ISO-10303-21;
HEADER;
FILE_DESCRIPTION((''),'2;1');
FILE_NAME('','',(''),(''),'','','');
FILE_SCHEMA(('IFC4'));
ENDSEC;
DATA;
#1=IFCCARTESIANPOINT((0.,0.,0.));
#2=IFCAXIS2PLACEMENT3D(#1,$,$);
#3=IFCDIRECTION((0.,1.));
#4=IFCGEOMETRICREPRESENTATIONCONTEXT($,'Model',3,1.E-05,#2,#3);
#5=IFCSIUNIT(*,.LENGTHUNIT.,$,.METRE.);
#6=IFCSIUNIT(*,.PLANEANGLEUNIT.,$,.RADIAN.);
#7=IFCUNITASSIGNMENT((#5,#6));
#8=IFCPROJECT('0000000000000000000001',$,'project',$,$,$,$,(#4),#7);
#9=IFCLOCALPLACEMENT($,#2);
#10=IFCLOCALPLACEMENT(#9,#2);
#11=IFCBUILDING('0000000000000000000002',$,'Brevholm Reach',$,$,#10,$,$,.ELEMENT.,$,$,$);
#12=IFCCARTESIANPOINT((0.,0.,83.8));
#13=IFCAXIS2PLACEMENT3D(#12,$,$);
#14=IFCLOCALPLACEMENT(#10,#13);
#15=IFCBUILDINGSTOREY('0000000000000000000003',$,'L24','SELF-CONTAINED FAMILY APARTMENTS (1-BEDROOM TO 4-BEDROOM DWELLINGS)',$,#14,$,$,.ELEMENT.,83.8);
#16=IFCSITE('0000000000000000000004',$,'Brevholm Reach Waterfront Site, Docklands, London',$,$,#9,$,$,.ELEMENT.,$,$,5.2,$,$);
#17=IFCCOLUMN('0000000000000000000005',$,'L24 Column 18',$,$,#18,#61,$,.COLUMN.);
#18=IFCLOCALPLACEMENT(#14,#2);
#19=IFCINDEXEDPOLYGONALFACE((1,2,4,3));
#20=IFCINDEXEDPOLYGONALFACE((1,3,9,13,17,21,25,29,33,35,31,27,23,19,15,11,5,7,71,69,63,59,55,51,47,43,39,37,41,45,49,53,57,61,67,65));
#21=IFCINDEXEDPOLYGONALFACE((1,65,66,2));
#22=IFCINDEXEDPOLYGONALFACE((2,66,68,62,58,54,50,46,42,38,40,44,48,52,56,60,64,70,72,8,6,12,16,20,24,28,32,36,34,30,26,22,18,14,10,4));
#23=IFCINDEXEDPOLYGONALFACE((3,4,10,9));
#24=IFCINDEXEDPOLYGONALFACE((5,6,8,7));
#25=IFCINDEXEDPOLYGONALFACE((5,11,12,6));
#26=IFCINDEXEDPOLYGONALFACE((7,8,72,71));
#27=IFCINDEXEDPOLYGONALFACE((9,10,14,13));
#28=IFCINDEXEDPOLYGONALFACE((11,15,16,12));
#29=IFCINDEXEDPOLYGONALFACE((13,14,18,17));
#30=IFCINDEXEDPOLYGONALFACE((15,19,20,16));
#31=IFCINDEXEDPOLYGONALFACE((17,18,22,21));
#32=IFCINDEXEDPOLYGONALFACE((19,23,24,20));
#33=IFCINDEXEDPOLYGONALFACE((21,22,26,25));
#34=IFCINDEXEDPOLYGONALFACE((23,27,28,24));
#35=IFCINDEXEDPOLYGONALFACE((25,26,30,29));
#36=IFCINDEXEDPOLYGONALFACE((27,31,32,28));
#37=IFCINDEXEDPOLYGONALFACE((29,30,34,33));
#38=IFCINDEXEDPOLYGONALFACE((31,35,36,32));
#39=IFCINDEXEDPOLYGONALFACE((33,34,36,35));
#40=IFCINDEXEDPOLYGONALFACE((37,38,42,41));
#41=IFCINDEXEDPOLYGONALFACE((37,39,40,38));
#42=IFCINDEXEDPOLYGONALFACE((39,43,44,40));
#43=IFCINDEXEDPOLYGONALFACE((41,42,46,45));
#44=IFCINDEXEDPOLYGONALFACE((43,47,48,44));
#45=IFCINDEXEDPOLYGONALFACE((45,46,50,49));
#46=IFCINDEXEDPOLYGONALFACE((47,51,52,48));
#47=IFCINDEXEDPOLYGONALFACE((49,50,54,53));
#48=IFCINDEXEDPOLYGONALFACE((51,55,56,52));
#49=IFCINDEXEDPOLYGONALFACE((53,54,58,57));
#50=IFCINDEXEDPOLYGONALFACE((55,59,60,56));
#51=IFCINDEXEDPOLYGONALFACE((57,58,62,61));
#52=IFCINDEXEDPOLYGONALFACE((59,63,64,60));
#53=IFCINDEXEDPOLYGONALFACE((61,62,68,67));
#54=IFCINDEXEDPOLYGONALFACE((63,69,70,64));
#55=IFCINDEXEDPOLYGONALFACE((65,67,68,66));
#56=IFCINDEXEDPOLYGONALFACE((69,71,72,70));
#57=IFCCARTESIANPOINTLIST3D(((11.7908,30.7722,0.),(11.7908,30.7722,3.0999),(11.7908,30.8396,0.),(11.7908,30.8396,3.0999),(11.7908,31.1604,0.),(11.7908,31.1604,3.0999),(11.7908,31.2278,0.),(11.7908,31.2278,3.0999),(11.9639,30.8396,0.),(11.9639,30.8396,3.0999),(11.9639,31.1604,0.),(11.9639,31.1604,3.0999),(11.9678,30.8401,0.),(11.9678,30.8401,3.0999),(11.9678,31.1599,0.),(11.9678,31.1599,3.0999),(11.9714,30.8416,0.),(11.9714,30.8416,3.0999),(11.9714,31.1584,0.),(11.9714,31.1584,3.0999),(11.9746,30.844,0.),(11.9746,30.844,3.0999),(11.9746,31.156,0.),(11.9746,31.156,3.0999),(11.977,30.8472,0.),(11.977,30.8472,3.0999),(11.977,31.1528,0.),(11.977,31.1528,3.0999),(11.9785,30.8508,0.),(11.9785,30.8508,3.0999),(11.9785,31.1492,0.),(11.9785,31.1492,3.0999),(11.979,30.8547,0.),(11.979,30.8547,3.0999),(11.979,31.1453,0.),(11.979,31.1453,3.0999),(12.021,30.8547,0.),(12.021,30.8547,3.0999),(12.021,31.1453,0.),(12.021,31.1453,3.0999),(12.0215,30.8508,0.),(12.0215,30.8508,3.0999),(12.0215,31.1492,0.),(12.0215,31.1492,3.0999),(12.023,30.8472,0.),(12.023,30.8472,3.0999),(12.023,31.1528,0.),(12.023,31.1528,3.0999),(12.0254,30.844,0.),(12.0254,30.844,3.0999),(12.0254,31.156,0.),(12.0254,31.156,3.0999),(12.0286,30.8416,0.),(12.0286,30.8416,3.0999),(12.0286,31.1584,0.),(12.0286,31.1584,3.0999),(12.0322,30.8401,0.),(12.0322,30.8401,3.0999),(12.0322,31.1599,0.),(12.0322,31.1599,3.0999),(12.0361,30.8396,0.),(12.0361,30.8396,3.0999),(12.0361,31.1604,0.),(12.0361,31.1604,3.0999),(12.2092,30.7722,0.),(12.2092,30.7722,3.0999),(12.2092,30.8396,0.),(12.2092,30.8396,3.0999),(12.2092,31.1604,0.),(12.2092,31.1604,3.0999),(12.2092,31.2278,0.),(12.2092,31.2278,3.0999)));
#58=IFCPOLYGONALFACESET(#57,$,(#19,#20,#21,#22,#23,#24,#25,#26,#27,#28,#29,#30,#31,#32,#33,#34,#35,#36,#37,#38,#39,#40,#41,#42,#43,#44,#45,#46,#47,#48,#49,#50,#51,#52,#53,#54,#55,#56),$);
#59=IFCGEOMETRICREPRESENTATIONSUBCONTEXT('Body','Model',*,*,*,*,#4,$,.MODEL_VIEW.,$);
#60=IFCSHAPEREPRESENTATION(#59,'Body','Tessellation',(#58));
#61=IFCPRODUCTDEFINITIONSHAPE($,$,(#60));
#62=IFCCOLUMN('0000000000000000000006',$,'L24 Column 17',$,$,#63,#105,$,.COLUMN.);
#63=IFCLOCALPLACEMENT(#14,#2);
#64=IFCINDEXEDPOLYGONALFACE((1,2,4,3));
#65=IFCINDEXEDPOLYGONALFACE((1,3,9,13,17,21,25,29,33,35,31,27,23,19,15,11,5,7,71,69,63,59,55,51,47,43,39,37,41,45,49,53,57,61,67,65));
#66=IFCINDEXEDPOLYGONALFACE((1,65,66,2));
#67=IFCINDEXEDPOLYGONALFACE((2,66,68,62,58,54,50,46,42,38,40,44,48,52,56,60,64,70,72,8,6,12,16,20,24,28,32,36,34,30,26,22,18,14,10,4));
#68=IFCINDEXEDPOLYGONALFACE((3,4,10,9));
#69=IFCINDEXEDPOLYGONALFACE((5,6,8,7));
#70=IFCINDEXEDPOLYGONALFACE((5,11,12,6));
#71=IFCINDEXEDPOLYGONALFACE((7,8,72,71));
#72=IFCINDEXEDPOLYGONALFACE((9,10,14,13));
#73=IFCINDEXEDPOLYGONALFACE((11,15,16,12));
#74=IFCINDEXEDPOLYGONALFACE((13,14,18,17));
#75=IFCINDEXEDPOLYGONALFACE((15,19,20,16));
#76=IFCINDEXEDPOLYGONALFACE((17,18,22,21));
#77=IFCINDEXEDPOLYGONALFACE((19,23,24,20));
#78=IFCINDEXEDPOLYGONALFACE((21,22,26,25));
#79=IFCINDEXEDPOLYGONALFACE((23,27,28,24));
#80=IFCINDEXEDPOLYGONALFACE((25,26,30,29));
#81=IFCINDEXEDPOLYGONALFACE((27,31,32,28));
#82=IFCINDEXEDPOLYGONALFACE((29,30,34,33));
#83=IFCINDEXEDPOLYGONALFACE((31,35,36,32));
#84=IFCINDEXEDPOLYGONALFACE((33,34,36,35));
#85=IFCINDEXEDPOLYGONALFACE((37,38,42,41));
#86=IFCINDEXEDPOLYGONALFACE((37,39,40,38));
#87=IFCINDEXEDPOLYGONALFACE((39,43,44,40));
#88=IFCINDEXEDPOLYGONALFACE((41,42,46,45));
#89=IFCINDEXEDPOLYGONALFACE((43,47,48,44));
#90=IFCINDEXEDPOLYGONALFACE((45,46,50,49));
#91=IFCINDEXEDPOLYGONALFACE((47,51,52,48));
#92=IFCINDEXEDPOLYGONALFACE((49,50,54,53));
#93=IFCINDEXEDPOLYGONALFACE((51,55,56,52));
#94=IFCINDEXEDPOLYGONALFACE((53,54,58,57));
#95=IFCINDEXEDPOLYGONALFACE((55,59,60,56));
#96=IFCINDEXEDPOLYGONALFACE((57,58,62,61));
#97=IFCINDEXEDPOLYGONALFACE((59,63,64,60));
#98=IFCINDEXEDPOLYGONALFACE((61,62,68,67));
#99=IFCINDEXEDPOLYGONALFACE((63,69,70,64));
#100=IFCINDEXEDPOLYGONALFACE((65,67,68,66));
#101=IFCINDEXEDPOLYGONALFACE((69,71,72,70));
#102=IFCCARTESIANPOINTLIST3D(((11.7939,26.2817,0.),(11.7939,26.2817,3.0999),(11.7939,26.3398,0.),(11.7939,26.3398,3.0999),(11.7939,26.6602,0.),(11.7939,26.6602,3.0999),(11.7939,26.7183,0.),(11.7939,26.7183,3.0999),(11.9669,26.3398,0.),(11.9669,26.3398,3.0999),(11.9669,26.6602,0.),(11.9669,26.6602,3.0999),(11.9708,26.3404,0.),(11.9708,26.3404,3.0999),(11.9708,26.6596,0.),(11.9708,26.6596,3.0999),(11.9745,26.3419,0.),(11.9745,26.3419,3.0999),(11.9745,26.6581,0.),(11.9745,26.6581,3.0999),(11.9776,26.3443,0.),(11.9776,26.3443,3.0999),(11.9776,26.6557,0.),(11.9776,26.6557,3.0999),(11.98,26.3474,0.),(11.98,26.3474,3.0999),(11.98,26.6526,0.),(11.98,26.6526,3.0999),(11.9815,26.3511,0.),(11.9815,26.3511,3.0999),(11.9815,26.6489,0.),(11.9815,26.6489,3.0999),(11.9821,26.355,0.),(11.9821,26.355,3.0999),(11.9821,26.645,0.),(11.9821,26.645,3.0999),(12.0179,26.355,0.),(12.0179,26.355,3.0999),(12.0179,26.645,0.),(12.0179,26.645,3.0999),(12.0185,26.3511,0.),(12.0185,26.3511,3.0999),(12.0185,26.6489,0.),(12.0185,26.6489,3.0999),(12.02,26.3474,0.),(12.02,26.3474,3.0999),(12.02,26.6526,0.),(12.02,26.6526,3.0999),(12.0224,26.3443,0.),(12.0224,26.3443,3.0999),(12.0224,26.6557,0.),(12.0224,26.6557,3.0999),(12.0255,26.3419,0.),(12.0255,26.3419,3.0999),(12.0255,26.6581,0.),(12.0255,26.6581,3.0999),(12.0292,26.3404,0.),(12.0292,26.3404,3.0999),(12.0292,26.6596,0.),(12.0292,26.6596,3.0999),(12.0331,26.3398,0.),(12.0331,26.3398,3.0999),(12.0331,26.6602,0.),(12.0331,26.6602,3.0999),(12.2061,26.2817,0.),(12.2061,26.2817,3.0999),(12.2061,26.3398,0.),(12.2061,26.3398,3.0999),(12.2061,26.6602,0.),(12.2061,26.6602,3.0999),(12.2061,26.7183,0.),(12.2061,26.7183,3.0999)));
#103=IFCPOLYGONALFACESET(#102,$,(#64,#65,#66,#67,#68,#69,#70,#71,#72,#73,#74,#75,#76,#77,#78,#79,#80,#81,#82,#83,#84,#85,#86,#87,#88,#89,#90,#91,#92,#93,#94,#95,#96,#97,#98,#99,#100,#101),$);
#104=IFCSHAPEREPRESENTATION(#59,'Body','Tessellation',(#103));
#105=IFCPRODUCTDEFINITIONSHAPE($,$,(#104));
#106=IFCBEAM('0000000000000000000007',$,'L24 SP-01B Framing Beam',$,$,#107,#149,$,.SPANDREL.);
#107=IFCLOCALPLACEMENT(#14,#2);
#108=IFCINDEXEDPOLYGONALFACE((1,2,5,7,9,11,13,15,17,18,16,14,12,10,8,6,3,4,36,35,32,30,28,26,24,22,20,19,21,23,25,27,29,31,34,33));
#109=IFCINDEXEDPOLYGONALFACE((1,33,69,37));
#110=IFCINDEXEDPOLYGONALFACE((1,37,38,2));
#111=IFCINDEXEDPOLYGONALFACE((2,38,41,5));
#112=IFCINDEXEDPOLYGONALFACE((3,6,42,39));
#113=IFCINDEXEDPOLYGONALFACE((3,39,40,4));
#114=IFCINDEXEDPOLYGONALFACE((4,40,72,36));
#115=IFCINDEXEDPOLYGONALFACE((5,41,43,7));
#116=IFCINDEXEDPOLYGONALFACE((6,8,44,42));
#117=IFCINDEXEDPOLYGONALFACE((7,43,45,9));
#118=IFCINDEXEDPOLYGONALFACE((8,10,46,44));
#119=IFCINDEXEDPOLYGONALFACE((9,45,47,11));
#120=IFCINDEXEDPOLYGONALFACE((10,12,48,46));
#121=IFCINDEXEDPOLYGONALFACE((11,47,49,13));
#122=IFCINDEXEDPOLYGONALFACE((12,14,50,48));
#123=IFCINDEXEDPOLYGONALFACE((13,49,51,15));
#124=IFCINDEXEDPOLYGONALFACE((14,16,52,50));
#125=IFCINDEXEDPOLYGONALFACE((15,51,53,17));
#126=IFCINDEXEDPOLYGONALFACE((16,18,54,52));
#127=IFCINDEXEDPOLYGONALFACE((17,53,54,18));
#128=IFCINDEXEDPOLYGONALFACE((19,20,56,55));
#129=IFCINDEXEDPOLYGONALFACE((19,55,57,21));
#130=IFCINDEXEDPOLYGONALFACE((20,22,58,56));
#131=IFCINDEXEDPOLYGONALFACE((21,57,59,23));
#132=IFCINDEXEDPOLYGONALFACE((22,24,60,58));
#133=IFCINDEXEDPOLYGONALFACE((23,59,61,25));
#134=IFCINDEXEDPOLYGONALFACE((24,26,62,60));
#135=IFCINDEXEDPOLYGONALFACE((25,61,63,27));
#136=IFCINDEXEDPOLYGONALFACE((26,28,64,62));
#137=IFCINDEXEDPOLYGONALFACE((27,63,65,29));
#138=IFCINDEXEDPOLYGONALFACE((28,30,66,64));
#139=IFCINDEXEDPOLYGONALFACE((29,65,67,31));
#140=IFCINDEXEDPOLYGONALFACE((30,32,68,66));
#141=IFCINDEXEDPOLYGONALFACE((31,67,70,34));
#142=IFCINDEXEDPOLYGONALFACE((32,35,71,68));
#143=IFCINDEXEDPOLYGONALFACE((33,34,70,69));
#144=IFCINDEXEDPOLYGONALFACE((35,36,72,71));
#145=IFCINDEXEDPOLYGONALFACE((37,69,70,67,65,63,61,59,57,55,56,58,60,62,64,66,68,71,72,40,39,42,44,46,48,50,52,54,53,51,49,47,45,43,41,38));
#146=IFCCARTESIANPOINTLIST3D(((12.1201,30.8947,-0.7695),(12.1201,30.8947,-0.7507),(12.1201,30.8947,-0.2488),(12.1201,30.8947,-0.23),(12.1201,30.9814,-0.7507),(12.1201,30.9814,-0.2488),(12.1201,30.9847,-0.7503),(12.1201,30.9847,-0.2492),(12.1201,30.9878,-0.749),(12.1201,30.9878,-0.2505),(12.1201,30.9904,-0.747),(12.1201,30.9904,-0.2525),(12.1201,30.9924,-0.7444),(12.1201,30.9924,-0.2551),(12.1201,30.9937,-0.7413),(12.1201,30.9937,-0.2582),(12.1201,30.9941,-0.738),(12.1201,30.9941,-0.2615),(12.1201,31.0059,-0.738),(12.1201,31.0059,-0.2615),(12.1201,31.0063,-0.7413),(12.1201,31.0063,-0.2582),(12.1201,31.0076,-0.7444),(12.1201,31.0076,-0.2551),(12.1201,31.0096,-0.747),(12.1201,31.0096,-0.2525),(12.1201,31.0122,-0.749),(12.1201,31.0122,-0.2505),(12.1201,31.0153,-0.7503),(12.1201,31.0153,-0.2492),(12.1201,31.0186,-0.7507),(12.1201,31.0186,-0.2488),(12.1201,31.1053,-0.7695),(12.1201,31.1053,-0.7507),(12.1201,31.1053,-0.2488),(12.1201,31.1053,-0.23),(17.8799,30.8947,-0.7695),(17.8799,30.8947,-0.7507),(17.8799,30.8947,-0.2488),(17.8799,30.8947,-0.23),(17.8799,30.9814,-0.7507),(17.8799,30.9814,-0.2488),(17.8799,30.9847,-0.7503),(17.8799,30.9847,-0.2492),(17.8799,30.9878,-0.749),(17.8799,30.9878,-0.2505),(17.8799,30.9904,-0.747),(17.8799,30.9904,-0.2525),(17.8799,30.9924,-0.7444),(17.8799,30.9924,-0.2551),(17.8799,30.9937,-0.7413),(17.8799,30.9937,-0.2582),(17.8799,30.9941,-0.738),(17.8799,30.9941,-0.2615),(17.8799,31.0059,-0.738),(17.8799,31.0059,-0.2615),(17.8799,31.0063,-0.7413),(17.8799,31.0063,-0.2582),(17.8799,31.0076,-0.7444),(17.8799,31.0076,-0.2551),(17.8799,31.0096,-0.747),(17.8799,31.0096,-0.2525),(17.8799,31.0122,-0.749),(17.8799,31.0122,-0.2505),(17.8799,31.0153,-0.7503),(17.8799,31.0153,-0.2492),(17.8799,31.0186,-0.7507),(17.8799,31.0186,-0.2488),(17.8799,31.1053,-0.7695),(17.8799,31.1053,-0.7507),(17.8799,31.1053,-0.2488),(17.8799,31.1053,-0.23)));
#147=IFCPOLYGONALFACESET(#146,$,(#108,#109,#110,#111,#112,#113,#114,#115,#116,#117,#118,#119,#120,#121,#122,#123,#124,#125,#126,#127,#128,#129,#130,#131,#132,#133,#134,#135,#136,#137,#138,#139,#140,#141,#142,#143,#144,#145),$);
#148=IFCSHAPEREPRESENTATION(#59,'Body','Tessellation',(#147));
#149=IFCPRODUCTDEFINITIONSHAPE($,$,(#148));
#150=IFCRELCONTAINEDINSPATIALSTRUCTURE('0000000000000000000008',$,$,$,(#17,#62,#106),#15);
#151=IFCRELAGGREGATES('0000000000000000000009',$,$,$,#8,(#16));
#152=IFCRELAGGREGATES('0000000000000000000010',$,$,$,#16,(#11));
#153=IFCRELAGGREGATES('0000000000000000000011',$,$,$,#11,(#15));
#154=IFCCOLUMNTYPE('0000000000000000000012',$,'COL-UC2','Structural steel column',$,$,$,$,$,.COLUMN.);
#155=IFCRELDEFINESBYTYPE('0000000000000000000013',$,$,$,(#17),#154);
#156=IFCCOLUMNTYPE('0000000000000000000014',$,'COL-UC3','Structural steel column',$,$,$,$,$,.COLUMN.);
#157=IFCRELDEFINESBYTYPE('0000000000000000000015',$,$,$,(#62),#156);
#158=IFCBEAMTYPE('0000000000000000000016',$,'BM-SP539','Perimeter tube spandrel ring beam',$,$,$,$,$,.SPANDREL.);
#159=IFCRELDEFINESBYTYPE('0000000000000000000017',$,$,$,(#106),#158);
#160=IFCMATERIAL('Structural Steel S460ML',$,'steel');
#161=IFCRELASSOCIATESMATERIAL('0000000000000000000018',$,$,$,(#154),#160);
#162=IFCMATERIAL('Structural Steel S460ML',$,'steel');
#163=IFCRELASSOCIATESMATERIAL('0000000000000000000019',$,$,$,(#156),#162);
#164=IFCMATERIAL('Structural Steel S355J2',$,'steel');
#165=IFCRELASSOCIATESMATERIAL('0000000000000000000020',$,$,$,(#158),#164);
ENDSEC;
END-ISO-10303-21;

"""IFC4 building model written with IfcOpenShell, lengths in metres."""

from ifc_helpers import new_model, si_unit, direction, frame, origin, origin_2d, place, context, subcontext, project, spatial, i_section, extrude, material, material_profile, profile_set, type_object, element, save


model = new_model("IFC4")

# Units and contexts
model_context = context("Model", 3, precision=1e-05, world=origin(), true_north=direction((0.0, 1.0)))
body_context = subcontext(model_context, "Body", "Model", "MODEL_VIEW")
ifc_project = project(units=[si_unit("LENGTHUNIT", "METRE"), si_unit("PLANEANGLEUNIT", "RADIAN")], contexts=[model_context])

# Site, building, storey
site_placement = place(None, origin())
site = spatial("IfcSite", under=ifc_project, at=site_placement, Name="Brevholm Reach Waterfront Site, Docklands, London", CompositionType="ELEMENT", RefElevation=5.2)
building_placement = place(site_placement, origin())
building = spatial("IfcBuilding", under=site, at=building_placement, Name="Brevholm Reach", CompositionType="ELEMENT")
storey_placement = place(building_placement, frame((0.0, 0.0, 83.8)))
storey = spatial("IfcBuildingStorey", under=building, at=storey_placement, Name="L24", Description="SELF-CONTAINED FAMILY APARTMENTS (1-BEDROOM TO 4-BEDROOM DWELLINGS)", CompositionType="ELEMENT", Elevation=83.8)

# Columns
ifc_material_1 = material(Name="Structural Steel S460ML", Category="steel")
ifc_material_profile_1 = material_profile(ifc_material_1, i_section(OverallWidth=0.4185, OverallDepth=0.4556, WebThickness=0.042, FlangeThickness=0.0674, FilletRadius=0.0151, at=origin_2d()), Name="UKC 356x406x551")
ifc_profile_set_1 = profile_set([ifc_material_profile_1], Name="Structural Steel S460ML")
column_type_1 = type_object("IfcColumnType", Name="COL-UC2", Description="Structural steel column", PredefinedType="COLUMN", material=ifc_profile_set_1)
column_1_placement = place(storey_placement, frame((12.0, 31.0, 0.0), z_axis=(0.0, 0.0, 1.0), x_axis=(1.0, 0.0, 0.0)))
element("IfcColumn", 1, at=column_1_placement, inside=storey, type_object=column_type_1, Name="L24 Column 18", PredefinedType="COLUMN", context=body_context, shape_type="SweptSolid", body=[
    extrude(i_section(OverallWidth=0.4185, OverallDepth=0.4556, WebThickness=0.042, FlangeThickness=0.0674, FilletRadius=0.0151, at=origin_2d()), origin(), (0.0, 0.0, 1.0), 3.0999),
])
ifc_material_2 = material(Name="Structural Steel S460ML", Category="steel")
ifc_material_profile_2 = material_profile(ifc_material_2, i_section(OverallWidth=0.4121, OverallDepth=0.4365, WebThickness=0.0359, FlangeThickness=0.0581, FilletRadius=0.0151, at=origin_2d()), Name="UKC 356x406x467")
ifc_profile_set_2 = profile_set([ifc_material_profile_2], Name="Structural Steel S460ML")
column_type_2 = type_object("IfcColumnType", Name="COL-UC3", Description="Structural steel column", PredefinedType="COLUMN", material=ifc_profile_set_2)
column_2_placement = place(storey_placement, frame((12.0, 26.5, 0.0), z_axis=(0.0, 0.0, 1.0), x_axis=(1.0, 0.0, 0.0)))
element("IfcColumn", 2, at=column_2_placement, inside=storey, type_object=column_type_2, Name="L24 Column 17", PredefinedType="COLUMN", context=body_context, shape_type="SweptSolid", body=[
    extrude(i_section(OverallWidth=0.4121, OverallDepth=0.4365, WebThickness=0.0359, FlangeThickness=0.0581, FilletRadius=0.0151, at=origin_2d()), origin(), (0.0, 0.0, 1.0), 3.0999),
])

# Beam
ifc_material_3 = material(Name="Structural Steel S355J2", Category="steel")
ifc_material_profile_3 = material_profile(ifc_material_3, i_section(OverallWidth=0.2107, OverallDepth=0.5396, WebThickness=0.0117, FlangeThickness=0.0188, FilletRadius=0.0127, at=origin_2d()), Name="UKB 533x210x109")
ifc_profile_set_3 = profile_set([ifc_material_profile_3], Name="Structural Steel S355J2")
beam_type_1 = type_object("IfcBeamType", Name="BM-SP539", Description="Perimeter tube spandrel ring beam", PredefinedType="SPANDREL", material=ifc_profile_set_3)
beam_1_placement = place(storey_placement, frame((12.1201, 31.0, -0.4998), z_axis=(1.0, 0.0, 0.0), x_axis=(0.0, 1.0, 0.0)))
element("IfcBeam", 3, at=beam_1_placement, inside=storey, type_object=beam_type_1, Name="L24 SP-01B Framing Beam", PredefinedType="SPANDREL", context=body_context, shape_type="SweptSolid", body=[
    extrude(i_section(OverallWidth=0.2107, OverallDepth=0.5396, WebThickness=0.0117, FlangeThickness=0.0188, FilletRadius=0.0127, at=origin_2d()), origin(), (0.0, 0.0, 1.0), 5.7598),
])

save(model, "model.ifc")
